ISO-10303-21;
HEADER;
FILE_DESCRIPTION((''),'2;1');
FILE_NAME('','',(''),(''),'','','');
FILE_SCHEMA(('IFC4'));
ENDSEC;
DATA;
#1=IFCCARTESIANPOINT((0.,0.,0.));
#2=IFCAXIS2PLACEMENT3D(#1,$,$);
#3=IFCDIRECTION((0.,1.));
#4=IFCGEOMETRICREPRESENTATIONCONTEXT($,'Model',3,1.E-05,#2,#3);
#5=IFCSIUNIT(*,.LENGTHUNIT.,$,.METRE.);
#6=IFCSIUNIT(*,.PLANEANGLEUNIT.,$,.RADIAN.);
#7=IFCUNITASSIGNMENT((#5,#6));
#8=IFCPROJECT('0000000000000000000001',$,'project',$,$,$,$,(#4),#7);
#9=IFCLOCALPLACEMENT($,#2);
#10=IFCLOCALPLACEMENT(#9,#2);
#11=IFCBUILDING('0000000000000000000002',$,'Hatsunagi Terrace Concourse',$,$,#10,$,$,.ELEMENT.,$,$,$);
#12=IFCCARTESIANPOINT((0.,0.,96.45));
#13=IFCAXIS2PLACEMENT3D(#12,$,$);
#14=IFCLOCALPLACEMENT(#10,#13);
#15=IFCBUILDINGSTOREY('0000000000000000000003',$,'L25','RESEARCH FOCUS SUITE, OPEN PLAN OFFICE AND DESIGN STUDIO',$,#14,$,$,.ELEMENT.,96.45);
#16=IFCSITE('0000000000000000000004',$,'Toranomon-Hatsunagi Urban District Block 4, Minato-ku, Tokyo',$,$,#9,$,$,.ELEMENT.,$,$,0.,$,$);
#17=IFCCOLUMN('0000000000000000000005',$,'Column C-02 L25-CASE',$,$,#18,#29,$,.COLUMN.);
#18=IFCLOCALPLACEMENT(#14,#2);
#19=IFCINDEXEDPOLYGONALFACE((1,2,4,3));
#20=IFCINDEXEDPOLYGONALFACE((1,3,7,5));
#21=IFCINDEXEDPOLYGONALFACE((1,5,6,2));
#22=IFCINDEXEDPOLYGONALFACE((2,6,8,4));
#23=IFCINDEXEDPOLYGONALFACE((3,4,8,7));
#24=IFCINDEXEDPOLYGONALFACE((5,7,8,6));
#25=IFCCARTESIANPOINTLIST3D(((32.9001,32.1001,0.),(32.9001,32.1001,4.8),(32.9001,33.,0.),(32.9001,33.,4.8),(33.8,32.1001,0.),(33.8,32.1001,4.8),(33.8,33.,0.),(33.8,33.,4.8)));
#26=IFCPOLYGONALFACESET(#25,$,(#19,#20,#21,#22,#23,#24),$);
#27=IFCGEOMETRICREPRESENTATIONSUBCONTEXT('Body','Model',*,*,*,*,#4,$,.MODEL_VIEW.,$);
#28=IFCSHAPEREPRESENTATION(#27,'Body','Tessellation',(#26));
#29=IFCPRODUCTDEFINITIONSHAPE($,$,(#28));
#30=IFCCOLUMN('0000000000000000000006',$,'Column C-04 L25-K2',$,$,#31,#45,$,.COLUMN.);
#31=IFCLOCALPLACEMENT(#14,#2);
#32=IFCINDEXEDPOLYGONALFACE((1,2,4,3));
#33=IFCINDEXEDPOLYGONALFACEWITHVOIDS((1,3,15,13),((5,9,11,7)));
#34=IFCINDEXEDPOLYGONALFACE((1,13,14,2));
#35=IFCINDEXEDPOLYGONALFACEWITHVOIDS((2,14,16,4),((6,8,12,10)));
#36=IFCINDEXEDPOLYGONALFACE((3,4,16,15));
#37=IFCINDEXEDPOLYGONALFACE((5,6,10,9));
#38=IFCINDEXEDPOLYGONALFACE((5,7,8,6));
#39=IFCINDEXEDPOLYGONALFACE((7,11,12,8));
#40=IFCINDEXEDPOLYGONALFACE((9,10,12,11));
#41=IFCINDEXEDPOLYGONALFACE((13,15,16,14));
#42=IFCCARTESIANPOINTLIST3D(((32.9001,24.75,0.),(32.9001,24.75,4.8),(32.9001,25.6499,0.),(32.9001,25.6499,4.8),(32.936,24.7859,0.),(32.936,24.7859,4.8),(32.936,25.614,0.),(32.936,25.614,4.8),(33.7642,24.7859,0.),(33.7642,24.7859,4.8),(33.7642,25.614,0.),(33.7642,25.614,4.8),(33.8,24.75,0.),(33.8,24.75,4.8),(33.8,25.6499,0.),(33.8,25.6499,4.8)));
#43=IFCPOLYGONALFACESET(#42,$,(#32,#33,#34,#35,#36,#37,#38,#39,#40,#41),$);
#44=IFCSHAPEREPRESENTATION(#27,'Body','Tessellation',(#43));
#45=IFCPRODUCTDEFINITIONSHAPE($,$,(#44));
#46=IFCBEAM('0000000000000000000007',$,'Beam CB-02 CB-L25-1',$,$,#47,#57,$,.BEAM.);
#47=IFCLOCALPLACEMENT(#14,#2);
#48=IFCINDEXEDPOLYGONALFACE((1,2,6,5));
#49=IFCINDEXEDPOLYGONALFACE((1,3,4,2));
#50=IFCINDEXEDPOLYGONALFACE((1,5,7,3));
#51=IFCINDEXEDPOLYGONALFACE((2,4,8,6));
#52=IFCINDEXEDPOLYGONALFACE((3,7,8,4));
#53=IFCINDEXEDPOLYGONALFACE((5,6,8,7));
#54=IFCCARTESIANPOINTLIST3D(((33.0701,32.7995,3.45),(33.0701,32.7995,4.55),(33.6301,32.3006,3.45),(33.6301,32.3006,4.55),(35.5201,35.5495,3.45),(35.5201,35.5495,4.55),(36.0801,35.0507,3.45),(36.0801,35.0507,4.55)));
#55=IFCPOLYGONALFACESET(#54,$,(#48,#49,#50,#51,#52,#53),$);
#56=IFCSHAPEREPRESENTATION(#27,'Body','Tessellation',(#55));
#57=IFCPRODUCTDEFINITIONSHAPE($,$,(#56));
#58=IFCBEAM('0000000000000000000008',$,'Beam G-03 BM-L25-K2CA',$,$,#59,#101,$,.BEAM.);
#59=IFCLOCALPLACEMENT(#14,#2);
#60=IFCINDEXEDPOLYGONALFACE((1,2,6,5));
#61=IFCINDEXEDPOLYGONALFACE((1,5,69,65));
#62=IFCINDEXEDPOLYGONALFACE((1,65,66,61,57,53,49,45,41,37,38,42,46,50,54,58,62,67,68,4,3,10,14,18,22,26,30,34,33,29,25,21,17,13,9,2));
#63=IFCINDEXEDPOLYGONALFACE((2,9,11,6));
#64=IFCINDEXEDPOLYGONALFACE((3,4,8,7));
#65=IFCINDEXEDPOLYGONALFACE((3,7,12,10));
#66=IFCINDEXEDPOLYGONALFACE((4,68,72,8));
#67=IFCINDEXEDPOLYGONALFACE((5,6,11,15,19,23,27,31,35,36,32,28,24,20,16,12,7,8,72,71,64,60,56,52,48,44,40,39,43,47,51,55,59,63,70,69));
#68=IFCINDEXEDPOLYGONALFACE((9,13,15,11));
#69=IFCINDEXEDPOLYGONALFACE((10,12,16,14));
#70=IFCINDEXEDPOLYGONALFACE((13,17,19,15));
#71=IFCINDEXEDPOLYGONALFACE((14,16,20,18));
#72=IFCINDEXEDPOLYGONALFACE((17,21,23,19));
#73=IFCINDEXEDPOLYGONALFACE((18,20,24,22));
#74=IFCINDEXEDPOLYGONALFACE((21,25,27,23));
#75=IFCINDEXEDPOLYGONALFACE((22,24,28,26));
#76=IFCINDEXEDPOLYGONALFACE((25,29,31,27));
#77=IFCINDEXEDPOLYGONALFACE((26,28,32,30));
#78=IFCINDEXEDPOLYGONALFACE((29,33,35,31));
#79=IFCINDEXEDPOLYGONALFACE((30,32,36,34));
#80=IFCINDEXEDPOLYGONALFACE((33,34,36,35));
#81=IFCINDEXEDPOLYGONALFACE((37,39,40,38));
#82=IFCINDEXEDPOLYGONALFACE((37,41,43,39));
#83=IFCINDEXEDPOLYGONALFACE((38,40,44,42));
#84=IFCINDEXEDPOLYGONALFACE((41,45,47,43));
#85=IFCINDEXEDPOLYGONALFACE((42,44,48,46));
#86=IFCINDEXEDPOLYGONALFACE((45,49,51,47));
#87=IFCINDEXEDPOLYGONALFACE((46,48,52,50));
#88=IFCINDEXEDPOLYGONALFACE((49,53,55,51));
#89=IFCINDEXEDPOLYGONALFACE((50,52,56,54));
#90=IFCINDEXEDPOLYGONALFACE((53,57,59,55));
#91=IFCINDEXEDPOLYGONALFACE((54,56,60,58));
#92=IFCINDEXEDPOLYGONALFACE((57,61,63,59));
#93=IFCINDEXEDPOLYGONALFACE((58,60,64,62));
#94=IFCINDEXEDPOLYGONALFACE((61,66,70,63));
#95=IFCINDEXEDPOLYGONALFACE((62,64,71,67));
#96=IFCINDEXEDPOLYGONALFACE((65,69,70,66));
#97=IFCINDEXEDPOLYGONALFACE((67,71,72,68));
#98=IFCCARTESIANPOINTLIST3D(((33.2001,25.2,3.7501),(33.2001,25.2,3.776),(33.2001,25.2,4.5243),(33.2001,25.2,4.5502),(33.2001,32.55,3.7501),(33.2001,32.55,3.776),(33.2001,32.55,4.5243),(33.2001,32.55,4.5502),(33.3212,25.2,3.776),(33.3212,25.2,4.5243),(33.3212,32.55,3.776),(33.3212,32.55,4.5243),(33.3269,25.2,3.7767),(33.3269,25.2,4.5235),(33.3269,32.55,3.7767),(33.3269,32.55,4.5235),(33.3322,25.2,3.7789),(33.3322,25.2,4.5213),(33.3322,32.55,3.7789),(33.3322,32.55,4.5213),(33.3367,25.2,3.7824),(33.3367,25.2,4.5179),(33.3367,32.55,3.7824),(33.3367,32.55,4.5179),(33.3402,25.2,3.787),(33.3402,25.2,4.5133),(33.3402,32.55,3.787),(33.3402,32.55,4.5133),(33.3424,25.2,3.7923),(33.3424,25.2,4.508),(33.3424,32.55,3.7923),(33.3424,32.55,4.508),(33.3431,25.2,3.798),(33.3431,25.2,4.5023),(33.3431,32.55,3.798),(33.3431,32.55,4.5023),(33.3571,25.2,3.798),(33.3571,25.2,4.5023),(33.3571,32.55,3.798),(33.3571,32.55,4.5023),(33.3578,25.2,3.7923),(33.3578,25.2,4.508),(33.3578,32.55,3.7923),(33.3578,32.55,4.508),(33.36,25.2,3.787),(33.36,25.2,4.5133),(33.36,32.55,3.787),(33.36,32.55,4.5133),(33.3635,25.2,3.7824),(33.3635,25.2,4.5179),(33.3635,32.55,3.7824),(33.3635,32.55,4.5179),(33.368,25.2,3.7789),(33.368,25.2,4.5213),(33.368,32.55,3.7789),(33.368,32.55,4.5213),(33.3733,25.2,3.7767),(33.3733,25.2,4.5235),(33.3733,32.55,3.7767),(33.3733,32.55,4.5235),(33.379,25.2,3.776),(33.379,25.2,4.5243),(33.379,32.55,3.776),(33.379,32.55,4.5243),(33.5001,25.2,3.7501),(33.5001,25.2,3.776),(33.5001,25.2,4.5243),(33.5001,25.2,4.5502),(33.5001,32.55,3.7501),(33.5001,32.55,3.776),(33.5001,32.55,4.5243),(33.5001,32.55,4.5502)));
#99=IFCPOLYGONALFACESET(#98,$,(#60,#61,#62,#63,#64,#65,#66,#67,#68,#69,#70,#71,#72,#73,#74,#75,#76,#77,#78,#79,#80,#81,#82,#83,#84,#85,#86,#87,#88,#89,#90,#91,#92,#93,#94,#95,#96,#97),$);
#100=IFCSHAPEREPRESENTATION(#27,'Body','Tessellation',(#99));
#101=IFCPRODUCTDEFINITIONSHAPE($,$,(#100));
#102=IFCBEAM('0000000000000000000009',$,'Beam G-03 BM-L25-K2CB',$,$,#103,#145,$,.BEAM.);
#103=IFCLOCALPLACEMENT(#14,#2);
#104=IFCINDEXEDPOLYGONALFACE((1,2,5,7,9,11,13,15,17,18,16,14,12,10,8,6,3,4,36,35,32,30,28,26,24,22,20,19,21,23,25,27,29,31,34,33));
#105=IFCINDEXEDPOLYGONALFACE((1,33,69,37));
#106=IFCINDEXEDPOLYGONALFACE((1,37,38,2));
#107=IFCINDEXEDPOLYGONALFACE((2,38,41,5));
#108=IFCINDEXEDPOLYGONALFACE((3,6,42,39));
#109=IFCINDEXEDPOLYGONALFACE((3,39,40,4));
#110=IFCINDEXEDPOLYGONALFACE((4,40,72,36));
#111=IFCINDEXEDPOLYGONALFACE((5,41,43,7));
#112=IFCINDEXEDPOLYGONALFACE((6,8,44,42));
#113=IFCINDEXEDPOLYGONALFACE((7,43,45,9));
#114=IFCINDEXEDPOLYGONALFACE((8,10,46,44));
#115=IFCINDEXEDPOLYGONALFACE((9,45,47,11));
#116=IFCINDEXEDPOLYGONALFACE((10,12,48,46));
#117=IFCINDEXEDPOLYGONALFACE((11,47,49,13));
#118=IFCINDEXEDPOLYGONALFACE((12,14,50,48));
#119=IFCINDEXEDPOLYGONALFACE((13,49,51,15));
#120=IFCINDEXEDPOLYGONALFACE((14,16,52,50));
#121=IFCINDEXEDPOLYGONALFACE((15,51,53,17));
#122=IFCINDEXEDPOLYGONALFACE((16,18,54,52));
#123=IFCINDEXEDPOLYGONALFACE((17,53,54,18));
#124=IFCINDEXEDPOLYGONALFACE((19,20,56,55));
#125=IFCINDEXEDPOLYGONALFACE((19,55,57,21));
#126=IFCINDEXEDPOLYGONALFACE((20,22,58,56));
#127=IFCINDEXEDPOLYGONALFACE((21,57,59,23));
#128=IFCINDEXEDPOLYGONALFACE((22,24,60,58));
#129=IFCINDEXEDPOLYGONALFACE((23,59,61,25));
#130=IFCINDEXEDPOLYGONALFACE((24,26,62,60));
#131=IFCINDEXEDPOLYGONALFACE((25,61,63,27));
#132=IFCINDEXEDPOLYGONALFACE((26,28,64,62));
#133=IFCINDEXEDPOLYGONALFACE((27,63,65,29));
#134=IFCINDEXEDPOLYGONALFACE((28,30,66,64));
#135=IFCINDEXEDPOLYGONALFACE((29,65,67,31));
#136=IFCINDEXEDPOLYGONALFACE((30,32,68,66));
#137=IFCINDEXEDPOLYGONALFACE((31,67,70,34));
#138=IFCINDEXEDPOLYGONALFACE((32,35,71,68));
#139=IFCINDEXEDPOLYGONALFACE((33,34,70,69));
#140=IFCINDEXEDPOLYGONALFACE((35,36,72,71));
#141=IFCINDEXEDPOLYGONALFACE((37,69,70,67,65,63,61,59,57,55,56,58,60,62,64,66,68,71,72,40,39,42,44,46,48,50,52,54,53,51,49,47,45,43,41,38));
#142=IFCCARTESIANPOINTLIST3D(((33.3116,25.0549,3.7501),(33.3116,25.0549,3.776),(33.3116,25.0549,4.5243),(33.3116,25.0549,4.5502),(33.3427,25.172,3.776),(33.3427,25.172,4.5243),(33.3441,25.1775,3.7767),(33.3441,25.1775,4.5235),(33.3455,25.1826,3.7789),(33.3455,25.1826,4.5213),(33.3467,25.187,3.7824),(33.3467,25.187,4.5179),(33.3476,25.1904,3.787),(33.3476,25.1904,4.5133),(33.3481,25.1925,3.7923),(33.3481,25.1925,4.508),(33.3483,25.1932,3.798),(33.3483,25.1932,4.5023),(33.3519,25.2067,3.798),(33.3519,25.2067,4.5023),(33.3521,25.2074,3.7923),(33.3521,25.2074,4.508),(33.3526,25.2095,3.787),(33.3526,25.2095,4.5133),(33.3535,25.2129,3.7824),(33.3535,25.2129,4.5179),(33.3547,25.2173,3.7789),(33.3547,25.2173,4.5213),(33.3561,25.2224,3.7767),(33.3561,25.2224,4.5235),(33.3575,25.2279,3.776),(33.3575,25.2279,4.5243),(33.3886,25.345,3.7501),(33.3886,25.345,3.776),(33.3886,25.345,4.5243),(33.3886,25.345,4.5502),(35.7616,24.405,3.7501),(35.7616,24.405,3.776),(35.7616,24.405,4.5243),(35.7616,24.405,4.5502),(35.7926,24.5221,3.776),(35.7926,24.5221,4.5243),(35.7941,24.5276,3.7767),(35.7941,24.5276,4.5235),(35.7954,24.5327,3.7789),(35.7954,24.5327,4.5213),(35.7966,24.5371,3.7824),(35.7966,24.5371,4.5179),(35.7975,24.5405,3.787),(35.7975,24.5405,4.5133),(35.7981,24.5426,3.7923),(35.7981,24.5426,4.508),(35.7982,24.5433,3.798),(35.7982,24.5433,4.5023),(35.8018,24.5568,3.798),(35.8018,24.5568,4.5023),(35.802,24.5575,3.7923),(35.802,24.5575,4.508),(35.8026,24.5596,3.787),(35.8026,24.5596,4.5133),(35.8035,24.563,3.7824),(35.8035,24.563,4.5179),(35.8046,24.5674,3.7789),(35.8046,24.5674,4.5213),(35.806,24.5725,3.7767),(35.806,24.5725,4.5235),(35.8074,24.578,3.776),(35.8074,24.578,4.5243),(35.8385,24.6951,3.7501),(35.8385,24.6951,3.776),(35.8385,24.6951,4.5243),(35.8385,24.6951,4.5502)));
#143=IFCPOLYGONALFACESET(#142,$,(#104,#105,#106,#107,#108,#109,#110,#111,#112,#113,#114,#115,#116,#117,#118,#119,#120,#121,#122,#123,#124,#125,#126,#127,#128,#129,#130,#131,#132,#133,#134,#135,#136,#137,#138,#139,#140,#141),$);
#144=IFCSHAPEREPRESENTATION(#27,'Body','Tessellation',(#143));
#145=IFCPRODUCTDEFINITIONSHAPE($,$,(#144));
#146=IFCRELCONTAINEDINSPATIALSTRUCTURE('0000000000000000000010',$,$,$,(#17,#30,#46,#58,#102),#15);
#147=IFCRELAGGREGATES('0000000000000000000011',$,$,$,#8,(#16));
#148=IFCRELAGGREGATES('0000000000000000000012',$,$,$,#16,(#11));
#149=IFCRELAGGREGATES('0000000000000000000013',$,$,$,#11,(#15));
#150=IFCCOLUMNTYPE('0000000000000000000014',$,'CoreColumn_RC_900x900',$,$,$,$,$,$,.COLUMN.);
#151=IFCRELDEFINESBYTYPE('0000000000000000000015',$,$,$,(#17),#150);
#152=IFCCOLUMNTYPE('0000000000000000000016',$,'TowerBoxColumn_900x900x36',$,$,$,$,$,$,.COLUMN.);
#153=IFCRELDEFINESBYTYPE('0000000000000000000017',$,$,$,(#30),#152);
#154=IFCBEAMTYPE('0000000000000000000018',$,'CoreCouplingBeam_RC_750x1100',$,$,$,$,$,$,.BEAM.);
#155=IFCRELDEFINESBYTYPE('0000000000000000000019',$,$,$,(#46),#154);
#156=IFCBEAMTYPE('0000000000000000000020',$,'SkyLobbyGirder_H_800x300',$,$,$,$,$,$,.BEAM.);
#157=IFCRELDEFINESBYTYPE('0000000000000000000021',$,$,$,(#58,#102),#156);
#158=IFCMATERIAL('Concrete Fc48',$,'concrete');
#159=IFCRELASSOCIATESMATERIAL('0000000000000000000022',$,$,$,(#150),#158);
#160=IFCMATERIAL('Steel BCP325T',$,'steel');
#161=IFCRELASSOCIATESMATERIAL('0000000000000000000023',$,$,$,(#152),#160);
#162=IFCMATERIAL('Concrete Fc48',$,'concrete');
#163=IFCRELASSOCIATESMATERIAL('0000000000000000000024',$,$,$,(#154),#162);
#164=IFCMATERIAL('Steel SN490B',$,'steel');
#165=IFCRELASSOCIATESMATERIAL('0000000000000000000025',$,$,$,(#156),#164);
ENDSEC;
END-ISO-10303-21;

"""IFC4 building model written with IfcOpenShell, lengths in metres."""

from ifc_helpers import new_model, si_unit, direction, frame, origin, origin_2d, place, context, subcontext, project, spatial, rectangle, hollow_rectangle, i_section, extrude, material, material_profile, profile_set, type_object, element, save


model = new_model("IFC4")

# Units and contexts
model_context = context("Model", 3, precision=1e-05, world=origin(), true_north=direction((0.0, 1.0)))
body_context = subcontext(model_context, "Body", "Model", "MODEL_VIEW")
ifc_project = project(units=[si_unit("LENGTHUNIT", "METRE"), si_unit("PLANEANGLEUNIT", "RADIAN")], contexts=[model_context])

# Site, building, storey
site_placement = place(None, origin())
site = spatial("IfcSite", under=ifc_project, at=site_placement, Name="Toranomon-Hatsunagi Urban District Block 4, Minato-ku, Tokyo", CompositionType="ELEMENT", RefElevation=0.0)
building_placement = place(site_placement, origin())
building = spatial("IfcBuilding", under=site, at=building_placement, Name="Hatsunagi Terrace Concourse", CompositionType="ELEMENT")
storey_placement = place(building_placement, frame((0.0, 0.0, 96.45)))
storey = spatial("IfcBuildingStorey", under=building, at=storey_placement, Name="L25", Description="RESEARCH FOCUS SUITE, OPEN PLAN OFFICE AND DESIGN STUDIO", CompositionType="ELEMENT", Elevation=96.45)

# Columns
ifc_material_1 = material(Name="Concrete Fc48", Category="concrete")
ifc_material_profile_1 = material_profile(ifc_material_1, rectangle(XDim=0.8999, YDim=0.8999, at=origin_2d()), Name="RC-900x900")
ifc_profile_set_1 = profile_set([ifc_material_profile_1], Name="Concrete Fc48")
column_type_1 = type_object("IfcColumnType", Name="CoreColumn_RC_900x900", PredefinedType="COLUMN", material=ifc_profile_set_1)
column_1_placement = place(storey_placement, frame((33.3501, 32.55, 0.0), z_axis=(0.0, 0.0, 1.0), x_axis=(1.0, 0.0, 0.0)))
element("IfcColumn", 1, at=column_1_placement, inside=storey, type_object=column_type_1, Name="Column C-02 L25-CASE", PredefinedType="COLUMN", context=body_context, shape_type="SweptSolid", body=[
    extrude(rectangle(XDim=0.8999, YDim=0.8999, at=origin_2d()), origin(), (0.0, 0.0, 1.0), 4.8),
])
ifc_material_2 = material(Name="Steel BCP325T", Category="steel")
ifc_material_profile_2 = material_profile(ifc_material_2, hollow_rectangle(XDim=0.8999, YDim=0.8999, WallThickness=0.0359, at=origin_2d()), Name="BCP-900x900x36")
ifc_profile_set_2 = profile_set([ifc_material_profile_2], Name="Steel BCP325T")
column_type_2 = type_object("IfcColumnType", Name="TowerBoxColumn_900x900x36", PredefinedType="COLUMN", material=ifc_profile_set_2)
column_2_placement = place(storey_placement, frame((33.3501, 25.2, 0.0), z_axis=(0.0, 0.0, 1.0), x_axis=(1.0, 0.0, 0.0)))
element("IfcColumn", 2, at=column_2_placement, inside=storey, type_object=column_type_2, Name="Column C-04 L25-K2", PredefinedType="COLUMN", context=body_context, shape_type="SweptSolid", body=[
    extrude(hollow_rectangle(XDim=0.8999, YDim=0.8999, WallThickness=0.0359, at=origin_2d()), origin(), (0.0, 0.0, 1.0), 4.8),
])

# Beams
ifc_material_3 = material(Name="Concrete Fc48", Category="concrete")
ifc_material_profile_3 = material_profile(ifc_material_3, rectangle(XDim=0.75, YDim=1.1001, at=origin_2d()), Name="RC-750x1100")
ifc_profile_set_3 = profile_set([ifc_material_profile_3], Name="Concrete Fc48")
beam_type_1 = type_object("IfcBeamType", Name="CoreCouplingBeam_RC_750x1100", PredefinedType="BEAM", material=ifc_profile_set_3)
beam_1_placement = place(storey_placement, frame((33.3501, 32.55, 4.0), z_axis=(0.665199, 0.746666, 0.0), x_axis=(-0.746666, 0.665199, 0.0)))
element("IfcBeam", 3, at=beam_1_placement, inside=storey, type_object=beam_type_1, Name="Beam CB-02 CB-L25-1", PredefinedType="BEAM", context=body_context, shape_type="SweptSolid", body=[
    extrude(rectangle(XDim=0.75, YDim=1.1001, at=origin_2d()), origin(), (0.0, 0.0, 1.0), 3.6831),
])
ifc_material_4 = material(Name="Steel SN490B", Category="steel")
ifc_material_profile_4 = material_profile(ifc_material_4, i_section(OverallWidth=0.3, OverallDepth=0.8, WebThickness=0.0139, FlangeThickness=0.0259, FilletRadius=0.022, at=origin_2d()), Name="H-800x300x14x26")
ifc_profile_set_4 = profile_set([ifc_material_profile_4], Name="Steel SN490B")
beam_type_2 = type_object("IfcBeamType", Name="SkyLobbyGirder_H_800x300", PredefinedType="BEAM", material=ifc_profile_set_4)
beam_2_placement = place(storey_placement, frame((33.3501, 25.2, 4.1501), z_axis=(0.0, 1.0, 0.0), x_axis=(-1.0, 0.0, 0.0)))
element("IfcBeam", 4, at=beam_2_placement, inside=storey, type_object=beam_type_2, Name="Beam G-03 BM-L25-K2CA", PredefinedType="BEAM", context=body_context, shape_type="SweptSolid", body=[
    extrude(i_section(OverallWidth=0.3, OverallDepth=0.8, WebThickness=0.0139, FlangeThickness=0.0259, FilletRadius=0.022, at=origin_2d()), origin(), (0.0, 0.0, 1.0), 7.3501),
])
beam_3_placement = place(storey_placement, frame((33.3501, 25.2, 4.1501), z_axis=(0.96657, -0.256403, 0.0), x_axis=(0.256403, 0.96657, 0.0)))
element("IfcBeam", 5, at=beam_3_placement, inside=storey, type_object=beam_type_2, Name="Beam G-03 BM-L25-K2CB", PredefinedType="BEAM", context=body_context, shape_type="SweptSolid", body=[
    extrude(i_section(OverallWidth=0.3, OverallDepth=0.8, WebThickness=0.0139, FlangeThickness=0.0259, FilletRadius=0.022, at=origin_2d()), origin(), (0.0, 0.0, 1.0), 2.5347),
])

save(model, "model.ifc")
